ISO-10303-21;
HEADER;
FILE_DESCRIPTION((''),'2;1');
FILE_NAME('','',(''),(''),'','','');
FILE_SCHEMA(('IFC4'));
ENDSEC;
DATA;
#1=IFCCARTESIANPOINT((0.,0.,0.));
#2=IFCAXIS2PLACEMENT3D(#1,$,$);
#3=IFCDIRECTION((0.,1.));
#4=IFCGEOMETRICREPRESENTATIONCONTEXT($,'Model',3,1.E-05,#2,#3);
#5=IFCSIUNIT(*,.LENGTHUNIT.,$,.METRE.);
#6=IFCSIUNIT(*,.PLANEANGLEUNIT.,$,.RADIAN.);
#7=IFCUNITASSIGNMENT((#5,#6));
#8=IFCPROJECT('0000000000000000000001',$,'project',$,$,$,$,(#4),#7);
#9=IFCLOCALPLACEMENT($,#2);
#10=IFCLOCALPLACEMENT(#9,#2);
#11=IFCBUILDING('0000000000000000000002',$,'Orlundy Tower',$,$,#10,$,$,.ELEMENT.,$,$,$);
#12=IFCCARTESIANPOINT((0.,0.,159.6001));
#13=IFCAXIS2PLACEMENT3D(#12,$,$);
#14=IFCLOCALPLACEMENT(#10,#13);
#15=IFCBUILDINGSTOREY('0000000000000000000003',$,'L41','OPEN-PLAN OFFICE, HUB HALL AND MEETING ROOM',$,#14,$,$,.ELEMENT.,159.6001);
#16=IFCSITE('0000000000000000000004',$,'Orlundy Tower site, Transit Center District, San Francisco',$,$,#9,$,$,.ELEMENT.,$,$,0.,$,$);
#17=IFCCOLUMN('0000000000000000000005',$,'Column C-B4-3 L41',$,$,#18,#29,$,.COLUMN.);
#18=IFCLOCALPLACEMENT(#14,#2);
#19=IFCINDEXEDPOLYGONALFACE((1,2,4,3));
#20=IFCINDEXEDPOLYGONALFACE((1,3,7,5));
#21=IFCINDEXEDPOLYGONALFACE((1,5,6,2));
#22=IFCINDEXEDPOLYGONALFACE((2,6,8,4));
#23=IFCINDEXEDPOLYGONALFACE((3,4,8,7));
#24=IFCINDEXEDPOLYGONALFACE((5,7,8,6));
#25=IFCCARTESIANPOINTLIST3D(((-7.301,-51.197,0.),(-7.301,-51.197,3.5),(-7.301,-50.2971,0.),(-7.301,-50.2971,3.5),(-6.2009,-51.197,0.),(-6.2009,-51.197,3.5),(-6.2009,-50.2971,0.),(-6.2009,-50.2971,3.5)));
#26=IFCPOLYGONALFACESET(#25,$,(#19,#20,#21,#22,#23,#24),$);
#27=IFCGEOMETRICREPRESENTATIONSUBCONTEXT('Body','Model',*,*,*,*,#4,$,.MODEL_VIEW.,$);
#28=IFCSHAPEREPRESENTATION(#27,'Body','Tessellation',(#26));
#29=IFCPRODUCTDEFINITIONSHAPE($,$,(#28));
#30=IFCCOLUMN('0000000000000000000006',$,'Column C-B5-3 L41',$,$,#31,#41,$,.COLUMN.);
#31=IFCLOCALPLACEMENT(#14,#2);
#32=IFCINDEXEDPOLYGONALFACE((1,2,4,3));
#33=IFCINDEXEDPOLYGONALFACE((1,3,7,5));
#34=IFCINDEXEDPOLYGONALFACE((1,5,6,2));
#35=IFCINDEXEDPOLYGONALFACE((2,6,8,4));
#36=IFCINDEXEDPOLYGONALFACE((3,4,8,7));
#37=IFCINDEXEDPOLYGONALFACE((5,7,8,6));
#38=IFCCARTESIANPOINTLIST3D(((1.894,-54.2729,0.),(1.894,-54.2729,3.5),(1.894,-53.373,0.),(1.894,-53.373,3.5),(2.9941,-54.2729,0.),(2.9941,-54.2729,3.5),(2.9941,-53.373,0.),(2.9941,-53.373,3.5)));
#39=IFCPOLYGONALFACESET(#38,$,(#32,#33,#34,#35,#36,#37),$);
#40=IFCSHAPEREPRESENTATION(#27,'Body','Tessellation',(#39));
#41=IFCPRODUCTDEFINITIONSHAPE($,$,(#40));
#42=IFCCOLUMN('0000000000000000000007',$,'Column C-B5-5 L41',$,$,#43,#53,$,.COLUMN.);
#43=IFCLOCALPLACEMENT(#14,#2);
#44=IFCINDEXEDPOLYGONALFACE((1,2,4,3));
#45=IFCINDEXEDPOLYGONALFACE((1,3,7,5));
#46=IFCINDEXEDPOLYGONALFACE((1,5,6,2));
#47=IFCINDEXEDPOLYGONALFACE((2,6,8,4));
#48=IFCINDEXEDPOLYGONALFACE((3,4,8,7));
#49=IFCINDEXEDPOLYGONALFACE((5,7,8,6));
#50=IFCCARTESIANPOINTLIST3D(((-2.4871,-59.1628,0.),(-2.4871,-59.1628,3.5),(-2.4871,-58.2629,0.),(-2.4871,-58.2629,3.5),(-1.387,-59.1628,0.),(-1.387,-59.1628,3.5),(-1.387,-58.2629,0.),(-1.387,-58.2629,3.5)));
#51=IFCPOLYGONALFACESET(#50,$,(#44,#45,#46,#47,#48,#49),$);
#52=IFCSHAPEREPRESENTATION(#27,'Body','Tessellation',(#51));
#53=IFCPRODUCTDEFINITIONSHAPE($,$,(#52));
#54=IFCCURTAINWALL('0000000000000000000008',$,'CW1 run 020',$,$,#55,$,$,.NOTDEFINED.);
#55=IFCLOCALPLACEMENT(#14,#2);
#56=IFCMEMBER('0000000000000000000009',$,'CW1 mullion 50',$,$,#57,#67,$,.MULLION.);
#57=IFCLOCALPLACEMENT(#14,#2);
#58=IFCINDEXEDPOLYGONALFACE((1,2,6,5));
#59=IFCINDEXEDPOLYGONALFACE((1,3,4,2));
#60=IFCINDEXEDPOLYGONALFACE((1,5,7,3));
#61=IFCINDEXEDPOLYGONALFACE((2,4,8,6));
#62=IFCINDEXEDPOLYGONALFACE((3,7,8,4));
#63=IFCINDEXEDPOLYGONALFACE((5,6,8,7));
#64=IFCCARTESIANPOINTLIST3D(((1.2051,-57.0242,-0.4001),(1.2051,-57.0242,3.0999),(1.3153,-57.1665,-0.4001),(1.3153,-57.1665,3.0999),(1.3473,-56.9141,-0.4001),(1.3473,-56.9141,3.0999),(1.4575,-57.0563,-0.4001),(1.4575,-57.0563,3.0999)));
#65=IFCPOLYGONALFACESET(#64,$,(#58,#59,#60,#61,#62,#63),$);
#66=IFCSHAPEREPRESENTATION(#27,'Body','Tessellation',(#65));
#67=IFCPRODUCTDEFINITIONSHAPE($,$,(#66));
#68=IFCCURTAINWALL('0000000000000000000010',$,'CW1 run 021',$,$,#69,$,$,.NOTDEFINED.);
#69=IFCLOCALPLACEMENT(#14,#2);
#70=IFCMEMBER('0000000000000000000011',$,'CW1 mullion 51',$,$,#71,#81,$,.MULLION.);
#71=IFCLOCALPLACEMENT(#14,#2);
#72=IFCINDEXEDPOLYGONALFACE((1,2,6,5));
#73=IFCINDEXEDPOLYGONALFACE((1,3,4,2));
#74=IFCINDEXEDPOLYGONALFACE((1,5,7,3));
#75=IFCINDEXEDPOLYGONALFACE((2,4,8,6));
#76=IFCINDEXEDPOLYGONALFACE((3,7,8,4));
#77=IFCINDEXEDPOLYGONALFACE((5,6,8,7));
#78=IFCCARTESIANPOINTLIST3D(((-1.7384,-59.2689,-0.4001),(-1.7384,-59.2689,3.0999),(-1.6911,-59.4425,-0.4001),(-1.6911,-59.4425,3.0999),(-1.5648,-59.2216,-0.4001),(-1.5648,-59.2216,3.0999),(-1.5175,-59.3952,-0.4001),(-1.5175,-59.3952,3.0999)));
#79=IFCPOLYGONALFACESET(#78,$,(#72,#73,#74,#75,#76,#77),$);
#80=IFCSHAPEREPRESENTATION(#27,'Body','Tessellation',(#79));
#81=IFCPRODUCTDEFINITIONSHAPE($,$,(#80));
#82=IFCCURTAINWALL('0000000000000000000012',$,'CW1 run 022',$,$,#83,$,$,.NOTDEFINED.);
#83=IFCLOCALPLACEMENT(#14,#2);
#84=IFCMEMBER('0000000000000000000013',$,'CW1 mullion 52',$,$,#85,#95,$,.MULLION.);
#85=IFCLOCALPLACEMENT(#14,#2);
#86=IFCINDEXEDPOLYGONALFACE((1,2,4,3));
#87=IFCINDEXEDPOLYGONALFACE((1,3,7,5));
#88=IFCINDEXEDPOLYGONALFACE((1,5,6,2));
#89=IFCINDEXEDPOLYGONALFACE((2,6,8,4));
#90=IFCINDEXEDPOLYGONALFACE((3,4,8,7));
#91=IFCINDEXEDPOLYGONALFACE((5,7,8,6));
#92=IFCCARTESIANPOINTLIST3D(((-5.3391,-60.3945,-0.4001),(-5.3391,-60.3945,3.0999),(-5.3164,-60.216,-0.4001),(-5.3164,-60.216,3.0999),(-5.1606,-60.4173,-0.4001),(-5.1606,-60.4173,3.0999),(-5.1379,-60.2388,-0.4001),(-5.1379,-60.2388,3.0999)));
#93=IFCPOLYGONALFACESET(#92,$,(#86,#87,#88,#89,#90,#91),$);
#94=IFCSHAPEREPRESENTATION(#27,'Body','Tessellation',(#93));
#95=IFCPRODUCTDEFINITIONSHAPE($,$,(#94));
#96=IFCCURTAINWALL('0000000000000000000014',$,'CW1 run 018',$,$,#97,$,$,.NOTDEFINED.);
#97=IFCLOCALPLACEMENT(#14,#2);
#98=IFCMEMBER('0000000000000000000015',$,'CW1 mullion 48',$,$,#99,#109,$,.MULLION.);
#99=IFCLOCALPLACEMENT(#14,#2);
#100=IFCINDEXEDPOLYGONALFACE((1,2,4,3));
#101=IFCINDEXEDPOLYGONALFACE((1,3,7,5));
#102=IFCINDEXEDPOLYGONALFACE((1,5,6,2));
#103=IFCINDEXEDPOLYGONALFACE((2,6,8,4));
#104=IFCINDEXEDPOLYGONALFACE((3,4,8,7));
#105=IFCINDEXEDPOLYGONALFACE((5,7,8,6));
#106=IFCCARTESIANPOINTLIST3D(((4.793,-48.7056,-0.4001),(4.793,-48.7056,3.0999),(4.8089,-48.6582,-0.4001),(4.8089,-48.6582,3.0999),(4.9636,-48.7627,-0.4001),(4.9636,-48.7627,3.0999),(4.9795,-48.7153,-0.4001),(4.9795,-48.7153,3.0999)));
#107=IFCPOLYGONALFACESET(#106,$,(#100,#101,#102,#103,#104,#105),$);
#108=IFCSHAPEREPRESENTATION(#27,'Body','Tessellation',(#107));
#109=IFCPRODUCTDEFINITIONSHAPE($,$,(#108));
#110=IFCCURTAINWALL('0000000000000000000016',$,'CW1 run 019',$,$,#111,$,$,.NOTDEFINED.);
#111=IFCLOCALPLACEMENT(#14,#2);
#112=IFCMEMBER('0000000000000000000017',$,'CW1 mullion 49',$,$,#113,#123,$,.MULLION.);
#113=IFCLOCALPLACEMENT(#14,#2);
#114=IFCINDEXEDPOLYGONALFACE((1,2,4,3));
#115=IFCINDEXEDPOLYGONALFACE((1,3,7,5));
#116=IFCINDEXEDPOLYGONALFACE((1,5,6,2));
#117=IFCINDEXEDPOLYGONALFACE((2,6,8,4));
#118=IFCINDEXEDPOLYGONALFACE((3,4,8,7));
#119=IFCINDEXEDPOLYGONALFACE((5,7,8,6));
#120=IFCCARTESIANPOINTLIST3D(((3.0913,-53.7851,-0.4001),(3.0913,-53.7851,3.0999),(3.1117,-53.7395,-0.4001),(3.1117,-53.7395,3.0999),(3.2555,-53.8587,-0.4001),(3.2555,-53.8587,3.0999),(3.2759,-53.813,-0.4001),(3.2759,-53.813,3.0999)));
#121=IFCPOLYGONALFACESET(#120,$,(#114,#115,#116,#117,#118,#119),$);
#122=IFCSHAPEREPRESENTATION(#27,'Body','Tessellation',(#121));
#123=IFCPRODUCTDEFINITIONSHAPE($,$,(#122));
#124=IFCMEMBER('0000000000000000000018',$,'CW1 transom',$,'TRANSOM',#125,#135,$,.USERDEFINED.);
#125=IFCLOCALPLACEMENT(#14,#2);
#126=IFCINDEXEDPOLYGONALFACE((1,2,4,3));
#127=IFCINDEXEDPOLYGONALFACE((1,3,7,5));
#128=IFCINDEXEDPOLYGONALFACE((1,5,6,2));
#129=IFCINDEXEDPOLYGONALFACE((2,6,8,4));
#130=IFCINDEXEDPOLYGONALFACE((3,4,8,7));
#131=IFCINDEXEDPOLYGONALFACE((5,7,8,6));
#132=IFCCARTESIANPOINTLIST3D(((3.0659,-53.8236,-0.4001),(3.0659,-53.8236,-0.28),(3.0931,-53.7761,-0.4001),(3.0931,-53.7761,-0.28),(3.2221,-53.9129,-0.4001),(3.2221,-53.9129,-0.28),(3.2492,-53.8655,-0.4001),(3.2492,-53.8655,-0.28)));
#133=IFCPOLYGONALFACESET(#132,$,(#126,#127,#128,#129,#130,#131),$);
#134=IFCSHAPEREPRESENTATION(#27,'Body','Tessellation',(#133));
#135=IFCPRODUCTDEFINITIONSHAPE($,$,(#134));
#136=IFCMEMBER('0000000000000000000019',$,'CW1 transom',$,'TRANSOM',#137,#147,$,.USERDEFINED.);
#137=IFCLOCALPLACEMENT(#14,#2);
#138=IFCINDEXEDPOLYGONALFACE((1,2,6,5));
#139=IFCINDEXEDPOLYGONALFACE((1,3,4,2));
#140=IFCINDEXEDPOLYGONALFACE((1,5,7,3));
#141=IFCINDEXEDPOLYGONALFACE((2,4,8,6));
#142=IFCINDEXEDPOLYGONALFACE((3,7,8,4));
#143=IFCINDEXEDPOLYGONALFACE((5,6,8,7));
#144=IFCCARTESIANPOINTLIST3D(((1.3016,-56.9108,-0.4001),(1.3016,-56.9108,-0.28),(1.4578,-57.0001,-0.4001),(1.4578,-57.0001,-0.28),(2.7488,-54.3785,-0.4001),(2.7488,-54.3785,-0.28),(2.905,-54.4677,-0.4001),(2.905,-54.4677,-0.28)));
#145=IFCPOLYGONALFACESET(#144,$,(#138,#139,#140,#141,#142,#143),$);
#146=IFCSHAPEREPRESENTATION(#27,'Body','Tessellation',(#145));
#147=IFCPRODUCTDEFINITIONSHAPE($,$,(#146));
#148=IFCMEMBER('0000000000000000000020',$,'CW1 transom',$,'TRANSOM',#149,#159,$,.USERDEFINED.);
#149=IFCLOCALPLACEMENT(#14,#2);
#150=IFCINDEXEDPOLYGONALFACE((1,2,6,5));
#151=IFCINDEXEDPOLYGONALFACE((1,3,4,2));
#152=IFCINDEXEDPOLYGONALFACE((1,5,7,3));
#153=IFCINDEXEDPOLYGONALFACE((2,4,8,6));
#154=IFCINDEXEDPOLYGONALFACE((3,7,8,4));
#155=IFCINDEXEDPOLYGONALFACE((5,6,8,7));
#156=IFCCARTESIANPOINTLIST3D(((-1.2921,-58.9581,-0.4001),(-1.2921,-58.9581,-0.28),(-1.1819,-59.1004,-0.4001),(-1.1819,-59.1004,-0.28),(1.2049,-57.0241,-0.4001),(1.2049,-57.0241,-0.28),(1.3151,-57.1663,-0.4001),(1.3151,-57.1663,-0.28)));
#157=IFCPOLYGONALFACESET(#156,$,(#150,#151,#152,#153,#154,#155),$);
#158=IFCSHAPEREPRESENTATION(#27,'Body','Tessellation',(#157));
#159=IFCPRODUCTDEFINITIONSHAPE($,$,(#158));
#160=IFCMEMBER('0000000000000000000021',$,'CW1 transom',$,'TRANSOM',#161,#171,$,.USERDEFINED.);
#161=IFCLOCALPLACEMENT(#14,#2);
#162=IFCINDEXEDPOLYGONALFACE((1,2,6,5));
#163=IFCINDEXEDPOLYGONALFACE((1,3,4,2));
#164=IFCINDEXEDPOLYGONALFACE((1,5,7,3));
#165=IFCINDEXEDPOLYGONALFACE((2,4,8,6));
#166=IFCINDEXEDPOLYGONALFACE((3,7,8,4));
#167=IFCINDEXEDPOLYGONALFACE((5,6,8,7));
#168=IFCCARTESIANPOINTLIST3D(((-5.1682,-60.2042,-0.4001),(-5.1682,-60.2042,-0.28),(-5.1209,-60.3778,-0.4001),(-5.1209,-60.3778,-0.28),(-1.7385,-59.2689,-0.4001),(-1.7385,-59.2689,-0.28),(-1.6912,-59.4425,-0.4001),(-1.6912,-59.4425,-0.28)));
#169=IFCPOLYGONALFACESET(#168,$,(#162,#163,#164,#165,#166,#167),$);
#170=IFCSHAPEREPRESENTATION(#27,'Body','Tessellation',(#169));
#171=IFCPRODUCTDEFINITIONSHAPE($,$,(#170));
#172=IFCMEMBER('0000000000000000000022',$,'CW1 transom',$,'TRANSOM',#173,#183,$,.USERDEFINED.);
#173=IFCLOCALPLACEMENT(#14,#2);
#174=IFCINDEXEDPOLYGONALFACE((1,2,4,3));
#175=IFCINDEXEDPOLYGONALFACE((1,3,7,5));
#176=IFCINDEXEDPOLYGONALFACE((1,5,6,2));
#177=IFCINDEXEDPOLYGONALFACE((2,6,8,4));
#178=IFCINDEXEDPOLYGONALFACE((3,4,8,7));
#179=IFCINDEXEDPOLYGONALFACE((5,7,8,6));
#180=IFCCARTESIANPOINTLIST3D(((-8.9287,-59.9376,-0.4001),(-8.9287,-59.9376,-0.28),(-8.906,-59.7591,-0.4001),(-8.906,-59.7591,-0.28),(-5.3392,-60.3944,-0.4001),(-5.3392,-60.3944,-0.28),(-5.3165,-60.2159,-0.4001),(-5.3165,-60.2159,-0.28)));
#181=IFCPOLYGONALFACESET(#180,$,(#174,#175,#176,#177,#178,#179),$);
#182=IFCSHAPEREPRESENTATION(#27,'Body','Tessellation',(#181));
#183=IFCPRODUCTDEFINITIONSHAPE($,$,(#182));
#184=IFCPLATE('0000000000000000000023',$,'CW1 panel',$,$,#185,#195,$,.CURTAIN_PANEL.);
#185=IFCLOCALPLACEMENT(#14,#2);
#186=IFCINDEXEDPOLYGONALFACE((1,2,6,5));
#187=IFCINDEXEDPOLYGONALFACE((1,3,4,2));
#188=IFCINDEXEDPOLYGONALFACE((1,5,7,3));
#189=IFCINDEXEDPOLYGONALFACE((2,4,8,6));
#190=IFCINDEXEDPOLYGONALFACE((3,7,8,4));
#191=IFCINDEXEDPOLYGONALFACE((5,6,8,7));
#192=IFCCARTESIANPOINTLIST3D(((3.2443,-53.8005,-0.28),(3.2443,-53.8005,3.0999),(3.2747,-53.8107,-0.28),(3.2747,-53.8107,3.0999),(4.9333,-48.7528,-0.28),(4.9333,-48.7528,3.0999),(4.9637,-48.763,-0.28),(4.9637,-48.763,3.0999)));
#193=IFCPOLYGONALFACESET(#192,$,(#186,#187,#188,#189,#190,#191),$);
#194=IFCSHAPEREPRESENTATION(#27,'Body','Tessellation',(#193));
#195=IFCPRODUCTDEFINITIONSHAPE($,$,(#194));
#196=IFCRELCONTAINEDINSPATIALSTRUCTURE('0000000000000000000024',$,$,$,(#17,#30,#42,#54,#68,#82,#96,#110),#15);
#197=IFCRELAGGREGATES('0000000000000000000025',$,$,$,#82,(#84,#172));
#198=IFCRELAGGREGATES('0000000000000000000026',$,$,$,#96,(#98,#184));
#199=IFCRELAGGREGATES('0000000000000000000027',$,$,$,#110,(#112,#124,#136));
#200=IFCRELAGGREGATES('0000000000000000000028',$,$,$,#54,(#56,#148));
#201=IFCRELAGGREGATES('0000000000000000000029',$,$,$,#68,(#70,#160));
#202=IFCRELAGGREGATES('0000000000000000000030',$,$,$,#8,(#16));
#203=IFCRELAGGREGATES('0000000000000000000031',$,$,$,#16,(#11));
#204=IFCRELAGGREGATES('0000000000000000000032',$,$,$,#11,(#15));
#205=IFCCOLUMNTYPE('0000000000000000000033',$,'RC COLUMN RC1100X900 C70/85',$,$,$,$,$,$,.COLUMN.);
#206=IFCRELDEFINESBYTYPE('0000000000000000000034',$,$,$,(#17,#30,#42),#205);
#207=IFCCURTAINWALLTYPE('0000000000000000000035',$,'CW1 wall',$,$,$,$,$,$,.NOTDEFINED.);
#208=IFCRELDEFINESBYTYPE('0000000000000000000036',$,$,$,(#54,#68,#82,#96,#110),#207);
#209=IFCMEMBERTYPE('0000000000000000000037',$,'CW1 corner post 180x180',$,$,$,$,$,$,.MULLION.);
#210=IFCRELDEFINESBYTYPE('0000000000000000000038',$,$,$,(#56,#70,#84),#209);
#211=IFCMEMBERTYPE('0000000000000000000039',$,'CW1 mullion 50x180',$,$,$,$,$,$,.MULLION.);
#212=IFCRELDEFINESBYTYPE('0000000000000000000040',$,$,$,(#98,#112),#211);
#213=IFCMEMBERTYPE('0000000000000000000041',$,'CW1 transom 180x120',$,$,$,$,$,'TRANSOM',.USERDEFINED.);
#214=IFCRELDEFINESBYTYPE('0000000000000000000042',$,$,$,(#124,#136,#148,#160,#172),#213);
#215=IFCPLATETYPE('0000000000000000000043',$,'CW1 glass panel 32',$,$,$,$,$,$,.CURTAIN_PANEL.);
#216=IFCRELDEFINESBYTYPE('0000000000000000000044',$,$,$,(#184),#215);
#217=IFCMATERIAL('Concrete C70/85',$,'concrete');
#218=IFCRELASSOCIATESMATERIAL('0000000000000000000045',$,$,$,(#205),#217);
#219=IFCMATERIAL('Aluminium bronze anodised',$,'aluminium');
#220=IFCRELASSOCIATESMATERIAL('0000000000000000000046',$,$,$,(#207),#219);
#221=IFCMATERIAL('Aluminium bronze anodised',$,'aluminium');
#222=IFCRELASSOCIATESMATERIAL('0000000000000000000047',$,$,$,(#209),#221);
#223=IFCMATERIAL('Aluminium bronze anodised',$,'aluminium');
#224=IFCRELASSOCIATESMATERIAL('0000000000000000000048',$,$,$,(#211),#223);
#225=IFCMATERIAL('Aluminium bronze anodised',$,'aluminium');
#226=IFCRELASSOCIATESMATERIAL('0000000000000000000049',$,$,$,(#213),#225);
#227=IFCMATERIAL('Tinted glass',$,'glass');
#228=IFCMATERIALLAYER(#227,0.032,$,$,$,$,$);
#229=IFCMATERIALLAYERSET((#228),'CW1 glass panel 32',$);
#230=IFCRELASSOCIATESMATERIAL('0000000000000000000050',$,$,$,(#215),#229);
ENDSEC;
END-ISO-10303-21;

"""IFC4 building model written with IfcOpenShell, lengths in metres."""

from ifc_helpers import new_model, si_unit, direction, frame, origin, origin_2d, place, context, subcontext, project, spatial, rectangle, extrude, material, layer, layer_set, material_profile, profile_set, type_object, element, aggregate, save


model = new_model("IFC4")

# Units and contexts
model_context = context("Model", 3, precision=1e-05, world=origin(), true_north=direction((0.0, 1.0)))
body_context = subcontext(model_context, "Body", "Model", "MODEL_VIEW")
ifc_project = project(units=[si_unit("LENGTHUNIT", "METRE"), si_unit("PLANEANGLEUNIT", "RADIAN")], contexts=[model_context])

# Site, building, storey
site_placement = place(None, origin())
site = spatial("IfcSite", under=ifc_project, at=site_placement, Name="Orlundy Tower site, Transit Center District, San Francisco", CompositionType="ELEMENT", RefElevation=0.0)
building_placement = place(site_placement, origin())
building = spatial("IfcBuilding", under=site, at=building_placement, Name="Orlundy Tower", CompositionType="ELEMENT")
storey_placement = place(building_placement, frame((0.0, 0.0, 159.6001)))
storey = spatial("IfcBuildingStorey", under=building, at=storey_placement, Name="L41", Description="OPEN-PLAN OFFICE, HUB HALL AND MEETING ROOM", CompositionType="ELEMENT", Elevation=159.6001)

# Columns
ifc_material_1 = material(Name="Concrete C70/85", Category="concrete")
ifc_material_profile_1 = material_profile(ifc_material_1, rectangle(XDim=1.1001, YDim=0.8999, at=origin_2d()), Name="RC1100X900")
ifc_profile_set_1 = profile_set([ifc_material_profile_1], Name="Concrete C70/85")
column_type = type_object("IfcColumnType", Name="RC COLUMN RC1100X900 C70/85", PredefinedType="COLUMN", material=ifc_profile_set_1)
for number, where, z_axis, x_axis, name in (
    (1, (-6.751, -50.7471, 0.0), (0.0, 0.0, 1.0), (1.0, 0.0, 0.0), "Column C-B4-3 L41"),
    (2, (2.4441, -53.823, 0.0), (0.0, 0.0, 1.0), (1.0, 0.0, 0.0), "Column C-B5-3 L41"),
    (3, (-1.937, -58.7129, 0.0), (0.0, 0.0, 1.0), (1.0, 0.0, 0.0), "Column C-B5-5 L41"),
):
    element("IfcColumn", number, at=place(storey_placement, frame(where, z_axis=z_axis, x_axis=x_axis)), inside=storey, type_object=column_type, Name=name, PredefinedType="COLUMN", context=body_context, shape_type="SweptSolid", body=[
        extrude(rectangle(XDim=1.1001, YDim=0.8999, at=origin_2d()), origin(), (0.0, 0.0, 1.0), 3.5),
    ])

# Curtain walls, members
ifc_material_2 = material(Name="Aluminium bronze anodised", Category="aluminium")
curtain_wall_type = type_object("IfcCurtainWallType", Name="CW1 wall", PredefinedType="NOTDEFINED", material=ifc_material_2)
curtain_wall_1_placement = place(storey_placement, origin())
curtain_wall_1 = element("IfcCurtainWall", 4, at=curtain_wall_1_placement, inside=storey, type_object=curtain_wall_type, Name="CW1 run 020", PredefinedType="NOTDEFINED")
ifc_material_3 = material(Name="Aluminium bronze anodised", Category="aluminium")
ifc_material_profile_2 = material_profile(ifc_material_3, rectangle(XDim=0.1799, YDim=0.1799, at=origin_2d()), Name="CW1 corner post 180x180")
ifc_profile_set_2 = profile_set([ifc_material_profile_2], Name="Aluminium bronze anodised")
member_type_1 = type_object("IfcMemberType", Name="CW1 corner post 180x180", PredefinedType="MULLION", material=ifc_profile_set_2)
member_1_placement = place(storey_placement, frame((1.3313, -57.0403, -0.4001), z_axis=(0.0, 0.0, 1.0), x_axis=(0.612315, -0.790614, 0.0)))
member_1 = element("IfcMember", 5, at=member_1_placement, type_object=member_type_1, Name="CW1 mullion 50", PredefinedType="MULLION", context=body_context, shape_type="SweptSolid", body=[
    extrude(rectangle(XDim=0.1799, YDim=0.1799, at=origin_2d()), origin(), (0.0, 0.0, 1.0), 3.5),
])
curtain_wall_2_placement = place(storey_placement, origin())
curtain_wall_2 = element("IfcCurtainWall", 6, at=curtain_wall_2_placement, inside=storey, type_object=curtain_wall_type, Name="CW1 run 021", PredefinedType="NOTDEFINED")
member_2_placement = place(storey_placement, frame((-1.6279, -59.332, -0.4001), z_axis=(0.0, 0.0, 1.0), x_axis=(0.263049, -0.964782, 0.0)))
member_2 = element("IfcMember", 7, at=member_2_placement, type_object=member_type_1, Name="CW1 mullion 51", PredefinedType="MULLION", context=body_context, shape_type="SweptSolid", body=[
    extrude(rectangle(XDim=0.1799, YDim=0.1799, at=origin_2d()), origin(), (0.0, 0.0, 1.0), 3.5),
])
curtain_wall_3_placement = place(storey_placement, origin())
curtain_wall_3 = element("IfcCurtainWall", 8, at=curtain_wall_3_placement, inside=storey, type_object=curtain_wall_type, Name="CW1 run 022", PredefinedType="NOTDEFINED")
member_3_placement = place(storey_placement, frame((-5.2385, -60.3167, -0.4001), z_axis=(0.0, 0.0, 1.0), x_axis=(-0.126259, -0.991997, 0.0)))
member_3 = element("IfcMember", 9, at=member_3_placement, type_object=member_type_1, Name="CW1 mullion 52", PredefinedType="MULLION", context=body_context, shape_type="SweptSolid", body=[
    extrude(rectangle(XDim=0.1799, YDim=0.1799, at=origin_2d()), origin(), (0.0, 0.0, 1.0), 3.5),
])
curtain_wall_4_placement = place(storey_placement, origin())
curtain_wall_4 = element("IfcCurtainWall", 10, at=curtain_wall_4_placement, inside=storey, type_object=curtain_wall_type, Name="CW1 run 018", PredefinedType="NOTDEFINED")
ifc_material_4 = material(Name="Aluminium bronze anodised", Category="aluminium")
ifc_material_profile_3 = material_profile(ifc_material_4, rectangle(XDim=0.1799, YDim=0.05, at=origin_2d()), Name="CW1 mullion 50x180")
ifc_profile_set_3 = profile_set([ifc_material_profile_3], Name="Aluminium bronze anodised")
member_type_2 = type_object("IfcMemberType", Name="CW1 mullion 50x180", PredefinedType="MULLION", material=ifc_profile_set_3)
member_4_placement = place(storey_placement, frame((4.8862, -48.7104, -0.4001), z_axis=(0.0, 0.0, 1.0), x_axis=(0.948321, -0.317314, 0.0)))
member_4 = element("IfcMember", 11, at=member_4_placement, type_object=member_type_2, Name="CW1 mullion 48", PredefinedType="MULLION", context=body_context, shape_type="SweptSolid", body=[
    extrude(rectangle(XDim=0.1799, YDim=0.05, at=origin_2d()), origin(), (0.0, 0.0, 1.0), 3.5),
])

# Curtain wall, members
curtain_wall_5_placement = place(storey_placement, origin())
curtain_wall_5 = element("IfcCurtainWall", 12, at=curtain_wall_5_placement, inside=storey, type_object=curtain_wall_type, Name="CW1 run 019", PredefinedType="NOTDEFINED")
member_5_placement = place(storey_placement, frame((3.1836, -53.7991, -0.4001), z_axis=(0.0, 0.0, 1.0), x_axis=(0.912665, -0.408708, 0.0)))
member_5 = element("IfcMember", 13, at=member_5_placement, type_object=member_type_2, Name="CW1 mullion 49", PredefinedType="MULLION", context=body_context, shape_type="SweptSolid", body=[
    extrude(rectangle(XDim=0.1799, YDim=0.05, at=origin_2d()), origin(), (0.0, 0.0, 1.0), 3.5),
])
ifc_material_5 = material(Name="Aluminium bronze anodised", Category="aluminium")
ifc_material_profile_4 = material_profile(ifc_material_5, rectangle(XDim=0.1799, YDim=0.1201, at=origin_2d()), Name="CW1 transom 180x120")
ifc_profile_set_4 = profile_set([ifc_material_profile_4], Name="Aluminium bronze anodised")
member_type_3 = type_object("IfcMemberType", Name="CW1 transom 180x120", ElementType="TRANSOM", PredefinedType="USERDEFINED", material=ifc_profile_set_4)
member_6_placement = place(storey_placement, frame((3.1711, -53.8208, -0.3401), z_axis=(-0.496621, -0.867968, 0.0), x_axis=(0.867968, -0.496621, 0.0)))
member_6 = element("IfcMember", 14, at=member_6_placement, type_object=member_type_3, Name="CW1 transom", ObjectType="TRANSOM", PredefinedType="USERDEFINED", context=body_context, shape_type="SweptSolid", body=[
    extrude(rectangle(XDim=0.1799, YDim=0.1201, at=origin_2d()), origin(), (0.0, 0.0, 1.0), 0.0547),
])
member_7_placement = place(storey_placement, frame((2.8269, -54.4231, -0.3401), z_axis=(-0.496175, -0.868223, 0.0), x_axis=(0.868223, -0.496175, 0.0)))
member_7 = element("IfcMember", 15, at=member_7_placement, type_object=member_type_3, Name="CW1 transom", ObjectType="TRANSOM", PredefinedType="USERDEFINED", context=body_context, shape_type="SweptSolid", body=[
    extrude(rectangle(XDim=0.1799, YDim=0.1201, at=origin_2d()), origin(), (0.0, 0.0, 1.0), 2.9167),
])

# Members
member_8_placement = place(storey_placement, frame((1.26, -57.0952, -0.3401), z_axis=(-0.790591, -0.612345, 0.0), x_axis=(0.612345, -0.790591, 0.0)))
member_8 = element("IfcMember", 16, at=member_8_placement, type_object=member_type_3, Name="CW1 transom", ObjectType="TRANSOM", PredefinedType="USERDEFINED", context=body_context, shape_type="SweptSolid", body=[
    extrude(rectangle(XDim=0.1799, YDim=0.1201, at=origin_2d()), origin(), (0.0, 0.0, 1.0), 3.1584),
])
member_9_placement = place(storey_placement, frame((-1.7148, -59.3557, -0.3401), z_axis=(-0.964769, -0.2631, 0.0), x_axis=(0.2631, -0.964769, 0.0)))
member_9 = element("IfcMember", 17, at=member_9_placement, type_object=member_type_3, Name="CW1 transom", ObjectType="TRANSOM", PredefinedType="USERDEFINED", context=body_context, shape_type="SweptSolid", body=[
    extrude(rectangle(XDim=0.1799, YDim=0.1201, at=origin_2d()), origin(), (0.0, 0.0, 1.0), 3.5549),
])
member_10_placement = place(storey_placement, frame((-5.3279, -60.3052, -0.3401), z_axis=(-0.991999, 0.126243, 0.0), x_axis=(-0.126243, -0.991999, 0.0)))
member_10 = element("IfcMember", 18, at=member_10_placement, type_object=member_type_3, Name="CW1 transom", ObjectType="TRANSOM", PredefinedType="USERDEFINED", context=body_context, shape_type="SweptSolid", body=[
    extrude(rectangle(XDim=0.1799, YDim=0.1201, at=origin_2d()), origin(), (0.0, 0.0, 1.0), 3.6184),
])
aggregate(curtain_wall_3, [member_3, member_10])

# Plate
ifc_material_6 = material(Name="Tinted glass", Category="glass")
ifc_layer_1 = layer(ifc_material_6, 0.032)
ifc_layer_set_1 = layer_set([ifc_layer_1], Name="CW1 glass panel 32")
plate_type = type_object("IfcPlateType", Name="CW1 glass panel 32", PredefinedType="CURTAIN_PANEL", material=ifc_layer_set_1)
plate_1_placement = place(storey_placement, frame((4.104, -51.2817, -0.28), z_axis=(0.0, 0.0, 1.0), x_axis=(-0.317314, -0.948321, 0.0)))
plate_1 = element("IfcPlate", 19, at=plate_1_placement, type_object=plate_type, Name="CW1 panel", PredefinedType="CURTAIN_PANEL", context=body_context, shape_type="SweptSolid", body=[
    extrude(rectangle(XDim=5.3228, YDim=0.032, at=origin_2d()), origin(), (0.0, 0.0, 1.0), 3.3799),
])
aggregate(curtain_wall_4, [member_4, plate_1])
aggregate(curtain_wall_5, [member_5, member_6, member_7])
aggregate(curtain_wall_1, [member_1, member_8])
aggregate(curtain_wall_2, [member_2, member_9])

save(model, "model.ifc")
